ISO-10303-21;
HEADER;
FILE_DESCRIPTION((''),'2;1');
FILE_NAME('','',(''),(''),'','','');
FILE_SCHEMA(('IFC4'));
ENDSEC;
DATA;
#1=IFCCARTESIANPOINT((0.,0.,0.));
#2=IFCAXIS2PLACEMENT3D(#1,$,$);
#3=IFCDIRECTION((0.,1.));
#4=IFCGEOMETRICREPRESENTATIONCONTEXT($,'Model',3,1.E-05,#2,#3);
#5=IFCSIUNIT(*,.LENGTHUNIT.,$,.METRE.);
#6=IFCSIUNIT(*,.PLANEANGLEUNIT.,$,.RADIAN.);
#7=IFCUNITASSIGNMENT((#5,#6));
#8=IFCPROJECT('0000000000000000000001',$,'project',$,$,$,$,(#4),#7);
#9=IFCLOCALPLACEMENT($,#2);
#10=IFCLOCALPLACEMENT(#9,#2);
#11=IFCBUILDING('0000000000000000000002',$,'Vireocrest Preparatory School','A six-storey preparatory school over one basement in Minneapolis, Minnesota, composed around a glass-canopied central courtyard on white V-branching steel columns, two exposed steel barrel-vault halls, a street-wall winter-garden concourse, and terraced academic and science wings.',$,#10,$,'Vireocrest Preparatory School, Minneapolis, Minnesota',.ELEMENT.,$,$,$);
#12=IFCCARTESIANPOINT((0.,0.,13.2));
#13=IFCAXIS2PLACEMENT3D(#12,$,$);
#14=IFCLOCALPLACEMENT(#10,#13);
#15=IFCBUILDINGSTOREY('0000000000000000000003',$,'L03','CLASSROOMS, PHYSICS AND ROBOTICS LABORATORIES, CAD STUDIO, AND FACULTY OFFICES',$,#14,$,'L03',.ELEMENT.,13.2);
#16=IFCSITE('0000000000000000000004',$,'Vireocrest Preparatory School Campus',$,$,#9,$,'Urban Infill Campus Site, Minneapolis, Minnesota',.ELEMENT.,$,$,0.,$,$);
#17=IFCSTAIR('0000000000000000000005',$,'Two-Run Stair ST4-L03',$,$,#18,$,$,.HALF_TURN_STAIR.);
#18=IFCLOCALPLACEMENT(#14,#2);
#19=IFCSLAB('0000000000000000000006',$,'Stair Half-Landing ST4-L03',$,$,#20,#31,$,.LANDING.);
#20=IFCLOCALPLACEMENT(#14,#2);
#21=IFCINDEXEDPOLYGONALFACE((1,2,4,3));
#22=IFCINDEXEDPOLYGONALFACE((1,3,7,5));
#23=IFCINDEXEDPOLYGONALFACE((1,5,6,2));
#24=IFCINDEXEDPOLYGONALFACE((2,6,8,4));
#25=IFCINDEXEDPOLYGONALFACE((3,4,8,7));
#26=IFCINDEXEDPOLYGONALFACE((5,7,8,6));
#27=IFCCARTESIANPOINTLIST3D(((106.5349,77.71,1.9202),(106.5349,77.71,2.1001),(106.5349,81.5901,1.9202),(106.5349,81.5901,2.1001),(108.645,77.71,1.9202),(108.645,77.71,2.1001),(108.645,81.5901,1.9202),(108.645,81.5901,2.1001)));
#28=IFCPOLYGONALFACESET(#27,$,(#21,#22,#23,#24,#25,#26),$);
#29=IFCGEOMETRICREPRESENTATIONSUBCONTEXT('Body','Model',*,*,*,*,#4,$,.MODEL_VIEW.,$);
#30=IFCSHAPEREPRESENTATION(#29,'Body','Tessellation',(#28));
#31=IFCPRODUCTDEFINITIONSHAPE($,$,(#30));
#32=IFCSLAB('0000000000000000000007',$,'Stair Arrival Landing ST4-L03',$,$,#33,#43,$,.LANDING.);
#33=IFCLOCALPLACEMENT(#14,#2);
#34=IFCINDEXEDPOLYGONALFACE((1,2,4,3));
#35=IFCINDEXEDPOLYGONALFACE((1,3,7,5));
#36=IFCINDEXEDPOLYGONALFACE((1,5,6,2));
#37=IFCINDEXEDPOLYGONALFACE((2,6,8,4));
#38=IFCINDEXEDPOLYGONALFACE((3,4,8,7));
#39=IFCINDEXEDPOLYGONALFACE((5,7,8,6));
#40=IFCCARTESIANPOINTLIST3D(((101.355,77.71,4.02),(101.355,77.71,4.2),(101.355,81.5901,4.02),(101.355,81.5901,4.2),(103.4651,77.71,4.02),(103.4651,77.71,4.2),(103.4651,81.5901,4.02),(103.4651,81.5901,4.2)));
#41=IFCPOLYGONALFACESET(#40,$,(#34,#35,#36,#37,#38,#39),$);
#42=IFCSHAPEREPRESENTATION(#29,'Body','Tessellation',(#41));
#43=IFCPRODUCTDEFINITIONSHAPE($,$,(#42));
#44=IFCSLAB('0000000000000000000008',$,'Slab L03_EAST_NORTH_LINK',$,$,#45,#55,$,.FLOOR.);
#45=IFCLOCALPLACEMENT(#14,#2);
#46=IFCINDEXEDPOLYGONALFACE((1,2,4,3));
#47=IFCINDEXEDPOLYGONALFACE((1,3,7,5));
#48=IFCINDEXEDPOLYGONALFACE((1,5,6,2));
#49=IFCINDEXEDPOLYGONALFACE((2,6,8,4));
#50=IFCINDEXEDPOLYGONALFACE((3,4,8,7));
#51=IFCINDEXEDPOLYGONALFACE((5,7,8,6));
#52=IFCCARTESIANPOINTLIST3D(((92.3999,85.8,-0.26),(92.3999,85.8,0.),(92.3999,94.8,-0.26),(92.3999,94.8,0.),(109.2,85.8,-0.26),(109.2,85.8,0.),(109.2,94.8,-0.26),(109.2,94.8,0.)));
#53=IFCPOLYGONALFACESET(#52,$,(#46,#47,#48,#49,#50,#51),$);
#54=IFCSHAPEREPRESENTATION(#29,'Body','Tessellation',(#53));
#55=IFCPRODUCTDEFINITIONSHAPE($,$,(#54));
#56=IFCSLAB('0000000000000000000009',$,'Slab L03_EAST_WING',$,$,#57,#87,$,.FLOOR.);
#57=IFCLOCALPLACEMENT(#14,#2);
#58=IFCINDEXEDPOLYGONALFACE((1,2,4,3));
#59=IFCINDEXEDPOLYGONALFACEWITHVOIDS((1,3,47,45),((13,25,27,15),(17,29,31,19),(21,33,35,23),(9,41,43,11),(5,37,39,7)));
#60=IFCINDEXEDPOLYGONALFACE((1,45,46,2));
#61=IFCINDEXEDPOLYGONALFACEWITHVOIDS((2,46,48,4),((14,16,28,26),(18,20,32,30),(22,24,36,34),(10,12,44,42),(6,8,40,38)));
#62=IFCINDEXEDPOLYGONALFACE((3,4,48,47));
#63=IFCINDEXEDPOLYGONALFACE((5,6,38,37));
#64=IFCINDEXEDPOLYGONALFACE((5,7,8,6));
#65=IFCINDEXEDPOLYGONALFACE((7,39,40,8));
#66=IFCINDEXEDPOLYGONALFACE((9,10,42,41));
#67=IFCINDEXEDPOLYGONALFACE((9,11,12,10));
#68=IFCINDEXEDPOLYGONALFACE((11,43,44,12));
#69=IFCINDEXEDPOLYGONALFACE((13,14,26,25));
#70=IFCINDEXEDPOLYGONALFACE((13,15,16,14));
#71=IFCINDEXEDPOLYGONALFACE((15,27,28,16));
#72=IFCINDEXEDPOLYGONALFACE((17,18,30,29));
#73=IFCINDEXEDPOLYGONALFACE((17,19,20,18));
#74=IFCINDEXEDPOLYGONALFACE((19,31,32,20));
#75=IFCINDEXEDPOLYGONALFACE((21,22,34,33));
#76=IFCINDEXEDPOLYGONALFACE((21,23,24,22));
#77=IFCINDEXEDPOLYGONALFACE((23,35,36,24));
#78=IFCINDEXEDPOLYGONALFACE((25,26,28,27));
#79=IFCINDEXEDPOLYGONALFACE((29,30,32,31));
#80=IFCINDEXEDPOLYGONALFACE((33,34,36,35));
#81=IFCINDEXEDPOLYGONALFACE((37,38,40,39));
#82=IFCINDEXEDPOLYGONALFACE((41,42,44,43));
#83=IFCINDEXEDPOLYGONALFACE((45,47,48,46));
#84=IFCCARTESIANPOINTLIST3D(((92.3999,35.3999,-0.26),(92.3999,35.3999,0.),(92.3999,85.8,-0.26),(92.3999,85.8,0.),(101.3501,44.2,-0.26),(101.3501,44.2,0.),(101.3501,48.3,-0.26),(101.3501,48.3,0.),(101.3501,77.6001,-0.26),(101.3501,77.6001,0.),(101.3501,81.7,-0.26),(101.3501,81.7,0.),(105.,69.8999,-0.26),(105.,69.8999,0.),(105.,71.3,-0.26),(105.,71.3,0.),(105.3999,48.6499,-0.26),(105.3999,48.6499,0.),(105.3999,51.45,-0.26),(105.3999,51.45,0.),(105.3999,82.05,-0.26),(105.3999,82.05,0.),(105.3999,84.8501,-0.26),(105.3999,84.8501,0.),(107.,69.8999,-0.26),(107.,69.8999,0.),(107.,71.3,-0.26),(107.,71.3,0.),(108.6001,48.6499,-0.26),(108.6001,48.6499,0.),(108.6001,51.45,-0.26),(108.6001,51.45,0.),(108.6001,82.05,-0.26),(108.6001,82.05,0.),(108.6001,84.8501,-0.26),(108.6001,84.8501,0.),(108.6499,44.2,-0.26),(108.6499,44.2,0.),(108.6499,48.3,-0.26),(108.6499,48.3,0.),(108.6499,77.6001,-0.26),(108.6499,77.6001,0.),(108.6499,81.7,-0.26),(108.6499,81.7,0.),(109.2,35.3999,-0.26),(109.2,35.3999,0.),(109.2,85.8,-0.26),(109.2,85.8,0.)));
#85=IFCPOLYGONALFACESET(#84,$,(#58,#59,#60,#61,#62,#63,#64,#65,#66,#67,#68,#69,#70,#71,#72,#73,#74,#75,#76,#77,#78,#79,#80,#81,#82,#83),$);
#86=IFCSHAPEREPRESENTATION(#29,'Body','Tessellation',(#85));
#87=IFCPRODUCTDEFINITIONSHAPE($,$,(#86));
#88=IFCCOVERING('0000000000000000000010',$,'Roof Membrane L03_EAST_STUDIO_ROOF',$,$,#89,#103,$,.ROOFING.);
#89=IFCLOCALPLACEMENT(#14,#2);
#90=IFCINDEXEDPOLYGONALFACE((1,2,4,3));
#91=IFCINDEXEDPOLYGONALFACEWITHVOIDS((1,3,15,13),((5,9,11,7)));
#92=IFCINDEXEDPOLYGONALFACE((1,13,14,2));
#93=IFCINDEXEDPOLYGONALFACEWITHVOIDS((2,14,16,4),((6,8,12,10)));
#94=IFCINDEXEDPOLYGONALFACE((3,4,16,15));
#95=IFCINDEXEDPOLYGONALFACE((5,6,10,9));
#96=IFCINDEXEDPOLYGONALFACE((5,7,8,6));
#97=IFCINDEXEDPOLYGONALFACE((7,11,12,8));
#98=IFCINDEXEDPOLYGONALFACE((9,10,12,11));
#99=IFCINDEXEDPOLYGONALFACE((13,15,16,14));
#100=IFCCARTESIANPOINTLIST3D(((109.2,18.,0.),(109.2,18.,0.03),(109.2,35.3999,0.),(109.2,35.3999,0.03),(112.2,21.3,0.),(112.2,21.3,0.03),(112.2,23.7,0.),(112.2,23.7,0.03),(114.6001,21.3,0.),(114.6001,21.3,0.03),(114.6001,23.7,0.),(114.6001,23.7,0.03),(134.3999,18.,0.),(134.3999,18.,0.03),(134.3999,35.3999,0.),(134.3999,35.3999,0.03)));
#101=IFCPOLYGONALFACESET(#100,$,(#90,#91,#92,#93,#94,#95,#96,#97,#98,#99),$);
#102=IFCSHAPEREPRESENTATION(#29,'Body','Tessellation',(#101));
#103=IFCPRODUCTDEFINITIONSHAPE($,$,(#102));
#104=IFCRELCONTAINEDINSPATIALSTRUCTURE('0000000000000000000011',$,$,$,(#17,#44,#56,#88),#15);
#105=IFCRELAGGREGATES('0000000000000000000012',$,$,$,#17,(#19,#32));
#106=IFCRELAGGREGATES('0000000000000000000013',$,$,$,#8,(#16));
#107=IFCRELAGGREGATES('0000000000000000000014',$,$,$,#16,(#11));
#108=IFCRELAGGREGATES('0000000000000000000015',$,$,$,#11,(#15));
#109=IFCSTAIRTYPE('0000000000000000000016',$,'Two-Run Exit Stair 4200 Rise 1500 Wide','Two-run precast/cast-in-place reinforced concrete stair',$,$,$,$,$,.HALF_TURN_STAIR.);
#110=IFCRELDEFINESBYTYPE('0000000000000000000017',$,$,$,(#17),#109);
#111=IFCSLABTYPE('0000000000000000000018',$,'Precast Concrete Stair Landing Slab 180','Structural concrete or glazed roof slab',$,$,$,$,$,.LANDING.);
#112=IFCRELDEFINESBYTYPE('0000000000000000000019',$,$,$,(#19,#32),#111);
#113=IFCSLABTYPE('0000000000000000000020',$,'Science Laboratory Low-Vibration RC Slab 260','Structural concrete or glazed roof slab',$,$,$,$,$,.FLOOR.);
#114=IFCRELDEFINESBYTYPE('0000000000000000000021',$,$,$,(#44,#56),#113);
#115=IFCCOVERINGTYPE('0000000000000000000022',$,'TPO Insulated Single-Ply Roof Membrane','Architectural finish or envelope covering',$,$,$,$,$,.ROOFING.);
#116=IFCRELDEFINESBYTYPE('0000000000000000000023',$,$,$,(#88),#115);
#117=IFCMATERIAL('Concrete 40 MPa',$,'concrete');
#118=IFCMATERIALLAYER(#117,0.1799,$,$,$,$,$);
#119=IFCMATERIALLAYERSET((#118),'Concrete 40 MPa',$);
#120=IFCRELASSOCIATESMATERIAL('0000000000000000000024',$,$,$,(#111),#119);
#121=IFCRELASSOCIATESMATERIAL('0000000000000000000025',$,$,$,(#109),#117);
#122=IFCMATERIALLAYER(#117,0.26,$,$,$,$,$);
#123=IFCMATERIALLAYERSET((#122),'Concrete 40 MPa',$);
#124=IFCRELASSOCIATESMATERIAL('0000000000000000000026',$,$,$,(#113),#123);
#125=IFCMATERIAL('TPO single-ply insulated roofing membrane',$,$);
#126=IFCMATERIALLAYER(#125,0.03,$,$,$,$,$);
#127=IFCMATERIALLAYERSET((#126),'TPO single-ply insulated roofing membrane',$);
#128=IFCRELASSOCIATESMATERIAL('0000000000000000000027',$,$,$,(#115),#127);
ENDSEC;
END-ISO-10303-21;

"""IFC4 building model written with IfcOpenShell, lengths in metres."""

from ifc_helpers import new_model, si_unit, direction, frame, origin, place, context, subcontext, project, spatial, polyline, outline, extrude, material, layer, layer_set, type_object, element, aggregate, save


model = new_model("IFC4")

# Units and contexts
model_context = context("Model", 3, precision=1e-05, world=origin(), true_north=direction((0.0, 1.0)))
body_context = subcontext(model_context, "Body", "Model", "MODEL_VIEW")
ifc_project = project(units=[si_unit("LENGTHUNIT", "METRE"), si_unit("PLANEANGLEUNIT", "RADIAN")], contexts=[model_context])

# Site, building, storey
site_placement = place(None, origin())
site = spatial("IfcSite", under=ifc_project, at=site_placement, Name="Vireocrest Preparatory School Campus", LongName="Urban Infill Campus Site, Minneapolis, Minnesota", CompositionType="ELEMENT", RefElevation=0.0)
building_placement = place(site_placement, origin())
building = spatial("IfcBuilding", under=site, at=building_placement, Name="Vireocrest Preparatory School", Description="A six-storey preparatory school over one basement in Minneapolis, Minnesota, composed around a glass-canopied central courtyard on white V-branching steel columns, two exposed steel barrel-vault halls, a street-wall winter-garden concourse, and terraced academic and science wings.", LongName="Vireocrest Preparatory School, Minneapolis, Minnesota", CompositionType="ELEMENT")
storey_placement = place(building_placement, frame((0.0, 0.0, 13.2)))
storey = spatial("IfcBuildingStorey", under=building, at=storey_placement, Name="L03", Description="CLASSROOMS, PHYSICS AND ROBOTICS LABORATORIES, CAD STUDIO, AND FACULTY OFFICES", LongName="L03", CompositionType="ELEMENT", Elevation=13.2)

# Shared definitions
ifc_material_1 = material(Name="Concrete 40 MPa", Category="concrete")

# Stair, slabs
ifc_layer_1 = layer(ifc_material_1, 0.1799)
ifc_layer_set_1 = layer_set([ifc_layer_1], Name="Concrete 40 MPa")
slab_type_1 = type_object("IfcSlabType", Name="Precast Concrete Stair Landing Slab 180", Description="Structural concrete or glazed roof slab", PredefinedType="LANDING", material=ifc_layer_set_1)
stair_type_1 = type_object("IfcStairType", Name="Two-Run Exit Stair 4200 Rise 1500 Wide", Description="Two-run precast/cast-in-place reinforced concrete stair", PredefinedType="HALF_TURN_STAIR", material=ifc_material_1)
stair_1_placement = place(storey_placement, origin())
stair_1 = element("IfcStair", 1, at=stair_1_placement, inside=storey, type_object=stair_type_1, Name="Two-Run Stair ST4-L03", PredefinedType="HALF_TURN_STAIR")
slab_1_placement = place(storey_placement, frame((0.0, 0.0, 1.9202)))
slab_1 = element("IfcSlab", 2, at=slab_1_placement, type_object=slab_type_1, Name="Stair Half-Landing ST4-L03", PredefinedType="LANDING", context=body_context, shape_type="SweptSolid", body=[
    extrude(outline(polyline([(106.5349, 77.71), (108.645, 77.71), (108.645, 81.5901), (106.5349, 81.5901), (106.5349, 77.71)])), origin(), (0.0, 0.0, 1.0), 0.1799),
])
slab_2_placement = place(storey_placement, frame((0.0, 0.0, 4.02)))
slab_2 = element("IfcSlab", 3, at=slab_2_placement, type_object=slab_type_1, Name="Stair Arrival Landing ST4-L03", PredefinedType="LANDING", context=body_context, shape_type="SweptSolid", body=[
    extrude(outline(polyline([(101.355, 77.71), (103.4651, 77.71), (103.4651, 81.5901), (101.355, 81.5901), (101.355, 77.71)])), origin(), (0.0, 0.0, 1.0), 0.1799),
])
aggregate(stair_1, [slab_1, slab_2])

# Slab
ifc_layer_2 = layer(ifc_material_1, 0.26)
ifc_layer_set_2 = layer_set([ifc_layer_2], Name="Concrete 40 MPa")
slab_type_2 = type_object("IfcSlabType", Name="Science Laboratory Low-Vibration RC Slab 260", Description="Structural concrete or glazed roof slab", PredefinedType="FLOOR", material=ifc_layer_set_2)
slab_3_placement = place(storey_placement, frame((0.0, 0.0, -0.26)))
element("IfcSlab", 4, at=slab_3_placement, inside=storey, type_object=slab_type_2, Name="Slab L03_EAST_NORTH_LINK", PredefinedType="FLOOR", context=body_context, shape_type="SweptSolid", body=[
    extrude(outline(polyline([(92.3999, 85.8), (109.2, 85.8), (109.2, 94.8), (92.3999, 94.8), (92.3999, 85.8)])), origin(), (0.0, 0.0, 1.0), 0.26),
])

# Slab, openings
slab_4_placement = place(storey_placement, frame((0.0, 0.0, -0.26)))
slab_4 = element("IfcSlab", 5, at=slab_4_placement, inside=storey, type_object=slab_type_2, Name="Slab L03_EAST_WING", PredefinedType="FLOOR", context=body_context, shape_type="SweptSolid", body=[
    extrude(outline(polyline([(92.3999, 35.3999), (109.2, 35.3999), (109.2, 85.8), (92.3999, 85.8), (92.3999, 35.3999)])), origin(), (0.0, 0.0, 1.0), 0.26),
])
opening_1_placement = place(slab_4_placement, frame((0.0, 0.0, -0.01)))
element("IfcOpeningElement", 6, at=opening_1_placement, cuts=slab_4, PredefinedType="OPENING", context=body_context, shape_type="SweptSolid", body=[
    extrude(outline(polyline([(101.3501, 44.2), (108.6499, 44.2), (108.6499, 48.3), (101.3501, 48.3), (101.3501, 44.2)])), origin(), (0.0, 0.0, 1.0), 0.28),
])
opening_2_placement = place(slab_4_placement, frame((0.0, 0.0, -0.01)))
element("IfcOpeningElement", 7, at=opening_2_placement, cuts=slab_4, PredefinedType="OPENING", context=body_context, shape_type="SweptSolid", body=[
    extrude(outline(polyline([(105.3999, 48.6499), (108.6001, 48.6499), (108.6001, 51.45), (105.3999, 51.45), (105.3999, 48.6499)])), origin(), (0.0, 0.0, 1.0), 0.28),
])
opening_3_placement = place(slab_4_placement, frame((0.0, 0.0, -0.01)))
element("IfcOpeningElement", 8, at=opening_3_placement, cuts=slab_4, PredefinedType="OPENING", context=body_context, shape_type="SweptSolid", body=[
    extrude(outline(polyline([(101.3501, 77.6001), (108.6499, 77.6001), (108.6499, 81.7), (101.3501, 81.7), (101.3501, 77.6001)])), origin(), (0.0, 0.0, 1.0), 0.28),
])
opening_4_placement = place(slab_4_placement, frame((0.0, 0.0, -0.01)))
element("IfcOpeningElement", 9, at=opening_4_placement, cuts=slab_4, PredefinedType="OPENING", context=body_context, shape_type="SweptSolid", body=[
    extrude(outline(polyline([(105.3999, 82.05), (108.6001, 82.05), (108.6001, 84.8501), (105.3999, 84.8501), (105.3999, 82.05)])), origin(), (0.0, 0.0, 1.0), 0.28),
])
opening_5_placement = place(slab_4_placement, frame((0.0, 0.0, -0.01)))
element("IfcOpeningElement", 10, at=opening_5_placement, cuts=slab_4, PredefinedType="OPENING", context=body_context, shape_type="SweptSolid", body=[
    extrude(outline(polyline([(105.0, 69.8999), (107.0, 69.8999), (107.0, 71.3), (105.0, 71.3), (105.0, 69.8999)])), origin(), (0.0, 0.0, 1.0), 0.28),
])

# Covering
ifc_material_2 = material(Name="TPO single-ply insulated roofing membrane")
ifc_layer_3 = layer(ifc_material_2, 0.03)
ifc_layer_set_3 = layer_set([ifc_layer_3], Name="TPO single-ply insulated roofing membrane")
covering_type = type_object("IfcCoveringType", Name="TPO Insulated Single-Ply Roof Membrane", Description="Architectural finish or envelope covering", PredefinedType="ROOFING", material=ifc_layer_set_3)
covering_placement = place(storey_placement, origin())
element("IfcCovering", 11, at=covering_placement, inside=storey, type_object=covering_type, Name="Roof Membrane L03_EAST_STUDIO_ROOF", PredefinedType="ROOFING", context=body_context, shape_type="SweptSolid", body=[
    extrude(outline(polyline([(109.2, 18.0), (134.3999, 18.0), (134.3999, 35.3999), (109.2, 35.3999), (109.2, 18.0)]), holes=[polyline([(112.2, 21.3), (114.6001, 21.3), (114.6001, 23.7), (112.2, 23.7), (112.2, 21.3)])]), origin(), (0.0, 0.0, 1.0), 0.03),
])

save(model, "model.ifc")
